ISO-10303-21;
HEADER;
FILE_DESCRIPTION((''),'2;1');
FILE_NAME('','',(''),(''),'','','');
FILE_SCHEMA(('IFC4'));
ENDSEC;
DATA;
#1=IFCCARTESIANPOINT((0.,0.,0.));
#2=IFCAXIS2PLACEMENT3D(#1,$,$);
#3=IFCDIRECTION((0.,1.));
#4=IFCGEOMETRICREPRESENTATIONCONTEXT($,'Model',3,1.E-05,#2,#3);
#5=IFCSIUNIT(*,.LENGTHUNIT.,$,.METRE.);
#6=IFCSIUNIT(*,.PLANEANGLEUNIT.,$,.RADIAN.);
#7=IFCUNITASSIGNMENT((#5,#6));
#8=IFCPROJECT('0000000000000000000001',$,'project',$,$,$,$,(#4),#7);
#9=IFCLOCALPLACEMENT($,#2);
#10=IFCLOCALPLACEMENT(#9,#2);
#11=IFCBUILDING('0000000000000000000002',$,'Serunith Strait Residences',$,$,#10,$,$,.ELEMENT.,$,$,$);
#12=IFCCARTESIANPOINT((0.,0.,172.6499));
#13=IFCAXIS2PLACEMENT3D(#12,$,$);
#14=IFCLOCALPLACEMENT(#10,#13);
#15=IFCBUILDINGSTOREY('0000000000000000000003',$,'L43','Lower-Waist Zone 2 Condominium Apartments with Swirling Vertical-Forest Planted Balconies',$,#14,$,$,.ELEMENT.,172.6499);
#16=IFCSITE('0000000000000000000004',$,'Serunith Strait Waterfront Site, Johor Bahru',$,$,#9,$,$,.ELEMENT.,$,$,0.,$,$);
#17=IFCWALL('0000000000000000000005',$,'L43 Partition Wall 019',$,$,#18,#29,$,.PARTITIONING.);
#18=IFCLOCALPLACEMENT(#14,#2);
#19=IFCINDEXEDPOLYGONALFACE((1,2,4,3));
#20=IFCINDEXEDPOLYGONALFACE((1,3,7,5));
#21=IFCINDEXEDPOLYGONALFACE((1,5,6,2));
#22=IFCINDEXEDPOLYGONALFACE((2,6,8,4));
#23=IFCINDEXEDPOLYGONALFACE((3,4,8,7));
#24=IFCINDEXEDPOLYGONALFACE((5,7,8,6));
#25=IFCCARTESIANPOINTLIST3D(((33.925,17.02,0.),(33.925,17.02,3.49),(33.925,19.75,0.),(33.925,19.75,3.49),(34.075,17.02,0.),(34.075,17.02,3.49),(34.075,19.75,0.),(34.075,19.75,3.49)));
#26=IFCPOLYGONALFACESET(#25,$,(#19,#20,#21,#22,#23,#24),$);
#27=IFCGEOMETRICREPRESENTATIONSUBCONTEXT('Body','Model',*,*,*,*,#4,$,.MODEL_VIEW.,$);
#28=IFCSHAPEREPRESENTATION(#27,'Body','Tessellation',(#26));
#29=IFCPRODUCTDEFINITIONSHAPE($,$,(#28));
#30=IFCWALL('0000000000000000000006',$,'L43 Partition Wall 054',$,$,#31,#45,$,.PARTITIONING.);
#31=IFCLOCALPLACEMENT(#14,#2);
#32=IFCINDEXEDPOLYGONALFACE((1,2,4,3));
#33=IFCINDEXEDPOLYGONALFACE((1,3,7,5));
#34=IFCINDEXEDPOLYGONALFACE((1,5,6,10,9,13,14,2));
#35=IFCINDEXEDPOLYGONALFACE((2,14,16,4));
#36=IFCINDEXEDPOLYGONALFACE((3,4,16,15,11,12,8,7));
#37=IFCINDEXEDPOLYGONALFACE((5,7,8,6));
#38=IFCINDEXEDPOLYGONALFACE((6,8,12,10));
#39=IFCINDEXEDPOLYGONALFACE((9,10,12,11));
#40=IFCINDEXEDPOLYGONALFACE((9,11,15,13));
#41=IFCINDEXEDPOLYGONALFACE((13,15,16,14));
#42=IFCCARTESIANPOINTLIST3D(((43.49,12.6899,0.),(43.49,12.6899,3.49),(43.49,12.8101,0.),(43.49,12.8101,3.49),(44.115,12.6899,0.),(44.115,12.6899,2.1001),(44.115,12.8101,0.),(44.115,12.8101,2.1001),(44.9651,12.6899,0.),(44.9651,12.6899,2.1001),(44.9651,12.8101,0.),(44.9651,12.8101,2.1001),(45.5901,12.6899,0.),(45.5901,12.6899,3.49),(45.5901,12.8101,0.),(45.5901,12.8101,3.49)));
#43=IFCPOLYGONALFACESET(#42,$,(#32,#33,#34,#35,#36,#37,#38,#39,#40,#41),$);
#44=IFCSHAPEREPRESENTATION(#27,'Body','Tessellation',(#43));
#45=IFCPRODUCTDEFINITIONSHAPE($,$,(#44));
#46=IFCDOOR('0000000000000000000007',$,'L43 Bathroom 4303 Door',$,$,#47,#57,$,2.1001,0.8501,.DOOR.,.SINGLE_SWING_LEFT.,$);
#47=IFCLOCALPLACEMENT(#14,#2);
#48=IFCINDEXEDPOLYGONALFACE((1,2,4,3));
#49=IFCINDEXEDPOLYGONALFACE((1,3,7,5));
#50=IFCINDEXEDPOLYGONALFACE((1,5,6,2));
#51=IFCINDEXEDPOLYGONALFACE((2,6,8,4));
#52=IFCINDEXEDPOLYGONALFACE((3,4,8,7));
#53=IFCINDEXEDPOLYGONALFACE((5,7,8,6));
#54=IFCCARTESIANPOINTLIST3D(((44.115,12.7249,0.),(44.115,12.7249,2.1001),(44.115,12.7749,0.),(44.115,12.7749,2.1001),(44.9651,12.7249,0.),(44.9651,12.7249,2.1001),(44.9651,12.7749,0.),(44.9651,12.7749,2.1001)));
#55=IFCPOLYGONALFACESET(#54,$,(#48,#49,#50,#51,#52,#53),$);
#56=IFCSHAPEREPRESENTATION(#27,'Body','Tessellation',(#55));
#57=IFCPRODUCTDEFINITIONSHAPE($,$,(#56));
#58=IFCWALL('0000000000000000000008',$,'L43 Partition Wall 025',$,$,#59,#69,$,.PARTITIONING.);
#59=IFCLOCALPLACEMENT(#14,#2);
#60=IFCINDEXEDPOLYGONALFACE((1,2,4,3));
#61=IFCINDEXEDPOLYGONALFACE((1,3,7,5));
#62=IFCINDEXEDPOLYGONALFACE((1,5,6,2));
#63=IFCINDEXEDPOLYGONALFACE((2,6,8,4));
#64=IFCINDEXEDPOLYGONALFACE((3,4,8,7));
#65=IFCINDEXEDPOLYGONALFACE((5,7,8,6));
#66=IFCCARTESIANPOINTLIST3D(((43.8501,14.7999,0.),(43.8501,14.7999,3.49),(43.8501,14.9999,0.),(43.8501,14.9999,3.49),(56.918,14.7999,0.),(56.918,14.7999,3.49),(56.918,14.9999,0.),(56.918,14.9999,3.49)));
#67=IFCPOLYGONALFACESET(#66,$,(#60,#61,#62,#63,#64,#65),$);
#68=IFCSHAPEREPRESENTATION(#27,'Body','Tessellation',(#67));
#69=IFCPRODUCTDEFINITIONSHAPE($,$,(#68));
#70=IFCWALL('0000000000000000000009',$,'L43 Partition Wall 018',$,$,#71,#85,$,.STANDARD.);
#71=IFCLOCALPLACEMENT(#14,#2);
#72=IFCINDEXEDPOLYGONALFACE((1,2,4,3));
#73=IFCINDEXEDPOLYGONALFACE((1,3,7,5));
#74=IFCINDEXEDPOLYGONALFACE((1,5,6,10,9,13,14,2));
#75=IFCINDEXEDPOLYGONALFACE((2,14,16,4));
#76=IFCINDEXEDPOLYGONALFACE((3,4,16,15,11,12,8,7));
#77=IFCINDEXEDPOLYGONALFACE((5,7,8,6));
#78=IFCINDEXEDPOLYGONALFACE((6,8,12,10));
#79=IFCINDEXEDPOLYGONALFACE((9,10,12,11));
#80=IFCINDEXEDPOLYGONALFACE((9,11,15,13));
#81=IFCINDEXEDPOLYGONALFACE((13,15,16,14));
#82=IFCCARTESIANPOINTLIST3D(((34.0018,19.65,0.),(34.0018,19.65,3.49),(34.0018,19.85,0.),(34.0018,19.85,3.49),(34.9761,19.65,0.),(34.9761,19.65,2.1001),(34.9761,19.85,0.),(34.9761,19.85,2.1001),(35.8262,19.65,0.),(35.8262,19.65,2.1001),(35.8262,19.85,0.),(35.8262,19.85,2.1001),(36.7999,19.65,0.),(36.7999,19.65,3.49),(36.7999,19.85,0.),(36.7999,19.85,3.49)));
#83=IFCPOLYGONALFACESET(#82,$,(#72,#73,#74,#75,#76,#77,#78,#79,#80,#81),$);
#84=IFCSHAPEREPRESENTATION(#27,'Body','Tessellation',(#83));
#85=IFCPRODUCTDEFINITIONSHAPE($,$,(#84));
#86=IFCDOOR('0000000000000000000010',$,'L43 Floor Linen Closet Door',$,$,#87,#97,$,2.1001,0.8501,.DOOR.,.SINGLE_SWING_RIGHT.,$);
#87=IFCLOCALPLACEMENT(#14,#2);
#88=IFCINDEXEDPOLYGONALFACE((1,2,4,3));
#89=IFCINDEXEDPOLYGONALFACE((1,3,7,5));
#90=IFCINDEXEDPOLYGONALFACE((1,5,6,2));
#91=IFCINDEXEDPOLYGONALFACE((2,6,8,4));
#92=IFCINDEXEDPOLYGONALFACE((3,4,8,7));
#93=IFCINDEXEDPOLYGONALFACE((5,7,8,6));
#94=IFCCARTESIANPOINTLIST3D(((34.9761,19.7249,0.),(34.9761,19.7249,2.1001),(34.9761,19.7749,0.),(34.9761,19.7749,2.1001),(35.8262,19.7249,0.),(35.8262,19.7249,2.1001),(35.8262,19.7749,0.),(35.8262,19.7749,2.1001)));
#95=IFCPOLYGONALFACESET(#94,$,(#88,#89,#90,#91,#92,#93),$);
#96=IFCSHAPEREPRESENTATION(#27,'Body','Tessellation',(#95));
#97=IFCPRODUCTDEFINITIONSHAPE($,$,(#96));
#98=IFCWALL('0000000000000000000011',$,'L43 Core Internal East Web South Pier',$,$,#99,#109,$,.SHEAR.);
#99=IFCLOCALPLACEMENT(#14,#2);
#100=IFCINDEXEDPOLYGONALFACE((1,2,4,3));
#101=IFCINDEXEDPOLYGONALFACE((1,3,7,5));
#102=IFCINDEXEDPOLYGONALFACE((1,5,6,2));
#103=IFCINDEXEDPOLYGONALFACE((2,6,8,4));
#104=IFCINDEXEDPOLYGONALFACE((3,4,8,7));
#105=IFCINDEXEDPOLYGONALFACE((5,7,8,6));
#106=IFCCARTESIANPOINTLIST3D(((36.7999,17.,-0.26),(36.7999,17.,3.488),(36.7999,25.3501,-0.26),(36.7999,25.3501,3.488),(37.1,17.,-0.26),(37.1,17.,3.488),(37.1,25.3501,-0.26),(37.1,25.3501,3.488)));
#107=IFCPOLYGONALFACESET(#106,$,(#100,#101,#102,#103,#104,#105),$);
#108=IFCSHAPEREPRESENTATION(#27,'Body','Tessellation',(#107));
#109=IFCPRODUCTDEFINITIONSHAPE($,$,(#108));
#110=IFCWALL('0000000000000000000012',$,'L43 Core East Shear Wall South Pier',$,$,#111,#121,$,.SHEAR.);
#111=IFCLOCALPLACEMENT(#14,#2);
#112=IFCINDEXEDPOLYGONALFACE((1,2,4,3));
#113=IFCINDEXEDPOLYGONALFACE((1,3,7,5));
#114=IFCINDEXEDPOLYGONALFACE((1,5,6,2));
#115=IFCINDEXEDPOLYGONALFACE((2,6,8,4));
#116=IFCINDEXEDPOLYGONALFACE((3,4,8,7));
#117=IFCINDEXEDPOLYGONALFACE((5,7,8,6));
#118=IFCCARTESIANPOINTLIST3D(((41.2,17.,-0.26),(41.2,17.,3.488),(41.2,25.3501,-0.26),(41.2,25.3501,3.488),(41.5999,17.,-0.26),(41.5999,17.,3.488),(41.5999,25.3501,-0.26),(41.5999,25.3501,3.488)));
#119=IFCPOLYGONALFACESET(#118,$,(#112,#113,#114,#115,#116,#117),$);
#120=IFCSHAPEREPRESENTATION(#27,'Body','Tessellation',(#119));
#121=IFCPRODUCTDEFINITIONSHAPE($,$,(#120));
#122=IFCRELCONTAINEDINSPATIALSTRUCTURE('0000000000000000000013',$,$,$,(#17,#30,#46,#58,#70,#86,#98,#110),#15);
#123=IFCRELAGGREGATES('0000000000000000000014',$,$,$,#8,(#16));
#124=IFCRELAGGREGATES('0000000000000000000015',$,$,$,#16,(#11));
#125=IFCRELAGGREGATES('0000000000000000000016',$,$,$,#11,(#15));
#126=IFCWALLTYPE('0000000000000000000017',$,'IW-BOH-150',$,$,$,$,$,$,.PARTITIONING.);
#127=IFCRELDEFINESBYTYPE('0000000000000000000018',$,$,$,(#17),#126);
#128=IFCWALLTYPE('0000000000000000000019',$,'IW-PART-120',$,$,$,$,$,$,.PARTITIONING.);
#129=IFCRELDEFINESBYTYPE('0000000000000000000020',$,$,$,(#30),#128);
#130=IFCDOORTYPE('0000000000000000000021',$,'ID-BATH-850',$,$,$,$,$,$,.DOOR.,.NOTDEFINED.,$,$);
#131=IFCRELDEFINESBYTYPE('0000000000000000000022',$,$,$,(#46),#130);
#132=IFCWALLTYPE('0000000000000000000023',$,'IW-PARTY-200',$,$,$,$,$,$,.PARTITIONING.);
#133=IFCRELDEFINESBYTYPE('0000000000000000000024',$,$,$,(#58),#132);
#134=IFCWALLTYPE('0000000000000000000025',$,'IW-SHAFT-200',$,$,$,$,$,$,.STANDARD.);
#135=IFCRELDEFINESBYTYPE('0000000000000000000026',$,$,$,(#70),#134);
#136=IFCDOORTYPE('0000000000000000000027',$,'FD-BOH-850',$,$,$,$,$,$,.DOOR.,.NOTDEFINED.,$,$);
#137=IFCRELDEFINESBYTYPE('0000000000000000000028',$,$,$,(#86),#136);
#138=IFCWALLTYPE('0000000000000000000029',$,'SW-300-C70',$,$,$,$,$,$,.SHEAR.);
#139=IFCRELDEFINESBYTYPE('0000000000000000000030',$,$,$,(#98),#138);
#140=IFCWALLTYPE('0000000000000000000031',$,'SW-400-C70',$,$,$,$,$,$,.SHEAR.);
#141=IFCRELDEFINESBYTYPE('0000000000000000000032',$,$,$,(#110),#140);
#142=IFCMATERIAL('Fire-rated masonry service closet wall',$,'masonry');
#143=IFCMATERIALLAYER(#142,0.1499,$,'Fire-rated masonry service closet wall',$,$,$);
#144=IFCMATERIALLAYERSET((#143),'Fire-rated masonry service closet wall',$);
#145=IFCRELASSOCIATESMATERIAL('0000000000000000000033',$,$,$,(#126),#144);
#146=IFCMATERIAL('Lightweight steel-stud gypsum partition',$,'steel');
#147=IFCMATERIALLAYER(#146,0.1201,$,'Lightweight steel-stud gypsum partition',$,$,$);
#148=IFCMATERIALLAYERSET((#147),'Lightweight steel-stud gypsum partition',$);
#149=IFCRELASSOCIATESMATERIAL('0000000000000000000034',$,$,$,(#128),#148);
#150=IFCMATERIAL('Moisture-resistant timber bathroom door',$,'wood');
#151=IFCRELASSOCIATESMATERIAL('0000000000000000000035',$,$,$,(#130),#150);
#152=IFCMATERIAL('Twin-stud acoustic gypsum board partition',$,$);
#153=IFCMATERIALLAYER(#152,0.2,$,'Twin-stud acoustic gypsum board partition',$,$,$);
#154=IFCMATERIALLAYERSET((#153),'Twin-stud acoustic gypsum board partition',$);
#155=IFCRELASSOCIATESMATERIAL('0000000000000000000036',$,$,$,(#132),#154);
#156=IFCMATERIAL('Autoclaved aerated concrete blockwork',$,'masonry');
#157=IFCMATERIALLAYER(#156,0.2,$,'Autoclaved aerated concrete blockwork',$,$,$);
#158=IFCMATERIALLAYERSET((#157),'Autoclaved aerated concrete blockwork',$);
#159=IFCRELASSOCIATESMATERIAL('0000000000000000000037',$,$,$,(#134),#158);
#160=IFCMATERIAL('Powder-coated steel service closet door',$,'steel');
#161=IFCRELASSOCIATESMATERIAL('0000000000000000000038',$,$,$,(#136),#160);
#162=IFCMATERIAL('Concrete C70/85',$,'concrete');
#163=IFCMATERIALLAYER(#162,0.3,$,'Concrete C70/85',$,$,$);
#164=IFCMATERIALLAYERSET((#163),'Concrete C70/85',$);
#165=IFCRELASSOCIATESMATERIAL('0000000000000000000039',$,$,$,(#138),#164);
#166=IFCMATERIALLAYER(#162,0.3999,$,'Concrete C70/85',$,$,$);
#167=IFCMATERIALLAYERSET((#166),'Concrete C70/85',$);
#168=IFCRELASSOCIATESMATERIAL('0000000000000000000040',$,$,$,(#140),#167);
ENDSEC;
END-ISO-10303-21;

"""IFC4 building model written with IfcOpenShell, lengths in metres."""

from ifc_helpers import new_model, si_unit, direction, frame, frame_2d, origin, place, context, subcontext, project, spatial, rectangle, extrude, source, transform, mapped, material, layer, layer_set, type_object, element, fill, save


model = new_model("IFC4")

# Units and contexts
model_context = context("Model", 3, precision=1e-05, world=origin(), true_north=direction((0.0, 1.0)))
body_context = subcontext(model_context, "Body", "Model", "MODEL_VIEW")
ifc_project = project(units=[si_unit("LENGTHUNIT", "METRE"), si_unit("PLANEANGLEUNIT", "RADIAN")], contexts=[model_context])

# Site, building, storey
site_placement = place(None, origin())
site = spatial("IfcSite", under=ifc_project, at=site_placement, Name="Serunith Strait Waterfront Site, Johor Bahru", CompositionType="ELEMENT", RefElevation=0.0)
building_placement = place(site_placement, origin())
building = spatial("IfcBuilding", under=site, at=building_placement, Name="Serunith Strait Residences", CompositionType="ELEMENT")
storey_placement = place(building_placement, frame((0.0, 0.0, 172.6499)))
storey = spatial("IfcBuildingStorey", under=building, at=storey_placement, Name="L43", Description="Lower-Waist Zone 2 Condominium Apartments with Swirling Vertical-Forest Planted Balconies", CompositionType="ELEMENT", Elevation=172.6499)

# Wall
ifc_material_1 = material(Name="Fire-rated masonry service closet wall", Category="masonry")
ifc_layer_1 = layer(ifc_material_1, 0.1499, Name="Fire-rated masonry service closet wall")
ifc_layer_set_1 = layer_set([ifc_layer_1], Name="Fire-rated masonry service closet wall")
wall_type_1 = type_object("IfcWallType", Name="IW-BOH-150", PredefinedType="PARTITIONING", material=ifc_layer_set_1)
wall_1_placement = place(storey_placement, frame((34.0, 17.02, 0.0), z_axis=(0.0, 0.0, 1.0), x_axis=(0.0, 1.0, 0.0)))
element("IfcWall", 1, at=wall_1_placement, inside=storey, type_object=wall_type_1, Name="L43 Partition Wall 019", PredefinedType="PARTITIONING", context=body_context, shape_type="SweptSolid", body=[
    extrude(rectangle(XDim=2.73, YDim=0.1499, at=frame_2d((1.365, 0.0))), origin(), (0.0, 0.0, 1.0), 3.49),
])

# Wall, opening, door
ifc_material_2 = material(Name="Lightweight steel-stud gypsum partition", Category="steel")
ifc_layer_2 = layer(ifc_material_2, 0.1201, Name="Lightweight steel-stud gypsum partition")
ifc_layer_set_2 = layer_set([ifc_layer_2], Name="Lightweight steel-stud gypsum partition")
wall_type_2 = type_object("IfcWallType", Name="IW-PART-120", PredefinedType="PARTITIONING", material=ifc_layer_set_2)
wall_2_placement = place(storey_placement, frame((43.49, 12.75, 0.0), z_axis=(0.0, 0.0, 1.0), x_axis=(1.0, 0.0, 0.0)))
wall_2 = element("IfcWall", 2, at=wall_2_placement, inside=storey, type_object=wall_type_2, Name="L43 Partition Wall 054", PredefinedType="PARTITIONING", context=body_context, shape_type="SweptSolid", body=[
    extrude(rectangle(XDim=2.1001, YDim=0.1201, at=frame_2d((1.05, 0.0))), origin(), (0.0, 0.0, 1.0), 3.49),
])
opening_1_placement = place(wall_2_placement, frame((0.625, 0.0, 0.0)))
opening_1 = element("IfcOpeningElement", 3, at=opening_1_placement, cuts=wall_2, PredefinedType="OPENING", context=body_context, shape_type="SweptSolid", body=[
    extrude(rectangle(XDim=0.8501, YDim=2.1001, at=frame_2d((0.425, 1.05))), frame((0.0, 0.0701, 0.0), z_axis=(0.0, -1.0, 0.0), x_axis=(1.0, 0.0, 0.0)), (0.0, 0.0, 1.0), 0.1401),
])
ifc_material_3 = material(Name="Moisture-resistant timber bathroom door", Category="wood")
door_type_1 = type_object("IfcDoorType", Name="ID-BATH-850", OperationType="NOTDEFINED", PredefinedType="DOOR", material=ifc_material_3)
shared_shape_1 = source(origin(), body_context, "Body", "SweptSolid", [
    extrude(rectangle(XDim=0.8501, YDim=2.1001, at=frame_2d((0.425, 1.05))), frame((0.0, 0.0249, 0.0), z_axis=(0.0, -1.0, 0.0), x_axis=(1.0, 0.0, 0.0)), (0.0, 0.0, 1.0), 0.05),
])
door_1_placement = place(opening_1_placement, origin())
door_1 = element("IfcDoor", 4, at=door_1_placement, inside=storey, type_object=door_type_1, Name="L43 Bathroom 4303 Door", OperationType="SINGLE_SWING_LEFT", OverallHeight=2.1001, OverallWidth=0.8501, PredefinedType="DOOR", context=body_context, shape_type="MappedRepresentation", body=[
    mapped(shared_shape_1, transform((0.0, 0.0, 0.0), scale=1.0)),
])
fill(opening_1, door_1)

# Wall
ifc_material_4 = material(Name="Twin-stud acoustic gypsum board partition")
ifc_layer_3 = layer(ifc_material_4, 0.2, Name="Twin-stud acoustic gypsum board partition")
ifc_layer_set_3 = layer_set([ifc_layer_3], Name="Twin-stud acoustic gypsum board partition")
wall_type_3 = type_object("IfcWallType", Name="IW-PARTY-200", PredefinedType="PARTITIONING", material=ifc_layer_set_3)
wall_3_placement = place(storey_placement, frame((43.8501, 14.8999, 0.0), z_axis=(0.0, 0.0, 1.0), x_axis=(1.0, 0.0, 0.0)))
element("IfcWall", 5, at=wall_3_placement, inside=storey, type_object=wall_type_3, Name="L43 Partition Wall 025", PredefinedType="PARTITIONING", context=body_context, shape_type="SweptSolid", body=[
    extrude(rectangle(XDim=13.0679, YDim=0.2, at=frame_2d((6.5339, 0.0))), origin(), (0.0, 0.0, 1.0), 3.49),
])

# Wall, opening, door
ifc_material_5 = material(Name="Autoclaved aerated concrete blockwork", Category="masonry")
ifc_layer_4 = layer(ifc_material_5, 0.2, Name="Autoclaved aerated concrete blockwork")
ifc_layer_set_4 = layer_set([ifc_layer_4], Name="Autoclaved aerated concrete blockwork")
wall_type_4 = type_object("IfcWallType", Name="IW-SHAFT-200", PredefinedType="STANDARD", material=ifc_layer_set_4)
wall_4_placement = place(storey_placement, frame((34.002, 19.75, 0.0), z_axis=(0.0, 0.0, 1.0), x_axis=(1.0, 0.0, 0.0)))
wall_4 = element("IfcWall", 6, at=wall_4_placement, inside=storey, type_object=wall_type_4, Name="L43 Partition Wall 018", PredefinedType="STANDARD", context=body_context, shape_type="SweptSolid", body=[
    extrude(rectangle(XDim=2.7981, YDim=0.2, at=frame_2d((1.3989, 0.0))), origin(), (0.0, 0.0, 1.0), 3.49),
])
opening_2_placement = place(wall_4_placement, frame((0.9741, 0.0, 0.0)))
opening_2 = element("IfcOpeningElement", 7, at=opening_2_placement, cuts=wall_4, PredefinedType="OPENING", context=body_context, shape_type="SweptSolid", body=[
    extrude(rectangle(XDim=0.8501, YDim=2.1001, at=frame_2d((0.425, 1.05))), frame((0.0, 0.1099, 0.0), z_axis=(0.0, -1.0, 0.0), x_axis=(1.0, 0.0, 0.0)), (0.0, 0.0, 1.0), 0.22),
])
ifc_material_6 = material(Name="Powder-coated steel service closet door", Category="steel")
door_type_2 = type_object("IfcDoorType", Name="FD-BOH-850", OperationType="NOTDEFINED", PredefinedType="DOOR", material=ifc_material_6)
door_2_placement = place(opening_2_placement, origin())
door_2 = element("IfcDoor", 8, at=door_2_placement, inside=storey, type_object=door_type_2, Name="L43 Floor Linen Closet Door", OperationType="SINGLE_SWING_RIGHT", OverallHeight=2.1001, OverallWidth=0.8501, PredefinedType="DOOR", context=body_context, shape_type="MappedRepresentation", body=[
    mapped(shared_shape_1, transform((0.0, 0.0, 0.0), scale=1.0)),
])
fill(opening_2, door_2)

# Walls
ifc_material_7 = material(Name="Concrete C70/85", Category="concrete")
ifc_layer_5 = layer(ifc_material_7, 0.3, Name="Concrete C70/85")
ifc_layer_set_5 = layer_set([ifc_layer_5], Name="Concrete C70/85")
wall_type_5 = type_object("IfcWallType", Name="SW-300-C70", PredefinedType="SHEAR", material=ifc_layer_set_5)
wall_5_placement = place(storey_placement, frame((36.95, 17.0, -0.26), z_axis=(0.0, 0.0, 1.0), x_axis=(0.0, 1.0, 0.0)))
element("IfcWall", 9, at=wall_5_placement, inside=storey, type_object=wall_type_5, Name="L43 Core Internal East Web South Pier", PredefinedType="SHEAR", context=body_context, shape_type="SweptSolid", body=[
    extrude(rectangle(XDim=8.3501, YDim=0.3, at=frame_2d((4.175, 0.0))), origin(), (0.0, 0.0, 1.0), 3.748),
])
ifc_layer_6 = layer(ifc_material_7, 0.3999, Name="Concrete C70/85")
ifc_layer_set_6 = layer_set([ifc_layer_6], Name="Concrete C70/85")
wall_type_6 = type_object("IfcWallType", Name="SW-400-C70", PredefinedType="SHEAR", material=ifc_layer_set_6)
wall_6_placement = place(storey_placement, frame((41.3999, 17.0, -0.26), z_axis=(0.0, 0.0, 1.0), x_axis=(0.0, 1.0, 0.0)))
element("IfcWall", 10, at=wall_6_placement, inside=storey, type_object=wall_type_6, Name="L43 Core East Shear Wall South Pier", PredefinedType="SHEAR", context=body_context, shape_type="SweptSolid", body=[
    extrude(rectangle(XDim=8.3501, YDim=0.3999, at=frame_2d((4.175, 0.0))), origin(), (0.0, 0.0, 1.0), 3.748),
])

save(model, "model.ifc")
